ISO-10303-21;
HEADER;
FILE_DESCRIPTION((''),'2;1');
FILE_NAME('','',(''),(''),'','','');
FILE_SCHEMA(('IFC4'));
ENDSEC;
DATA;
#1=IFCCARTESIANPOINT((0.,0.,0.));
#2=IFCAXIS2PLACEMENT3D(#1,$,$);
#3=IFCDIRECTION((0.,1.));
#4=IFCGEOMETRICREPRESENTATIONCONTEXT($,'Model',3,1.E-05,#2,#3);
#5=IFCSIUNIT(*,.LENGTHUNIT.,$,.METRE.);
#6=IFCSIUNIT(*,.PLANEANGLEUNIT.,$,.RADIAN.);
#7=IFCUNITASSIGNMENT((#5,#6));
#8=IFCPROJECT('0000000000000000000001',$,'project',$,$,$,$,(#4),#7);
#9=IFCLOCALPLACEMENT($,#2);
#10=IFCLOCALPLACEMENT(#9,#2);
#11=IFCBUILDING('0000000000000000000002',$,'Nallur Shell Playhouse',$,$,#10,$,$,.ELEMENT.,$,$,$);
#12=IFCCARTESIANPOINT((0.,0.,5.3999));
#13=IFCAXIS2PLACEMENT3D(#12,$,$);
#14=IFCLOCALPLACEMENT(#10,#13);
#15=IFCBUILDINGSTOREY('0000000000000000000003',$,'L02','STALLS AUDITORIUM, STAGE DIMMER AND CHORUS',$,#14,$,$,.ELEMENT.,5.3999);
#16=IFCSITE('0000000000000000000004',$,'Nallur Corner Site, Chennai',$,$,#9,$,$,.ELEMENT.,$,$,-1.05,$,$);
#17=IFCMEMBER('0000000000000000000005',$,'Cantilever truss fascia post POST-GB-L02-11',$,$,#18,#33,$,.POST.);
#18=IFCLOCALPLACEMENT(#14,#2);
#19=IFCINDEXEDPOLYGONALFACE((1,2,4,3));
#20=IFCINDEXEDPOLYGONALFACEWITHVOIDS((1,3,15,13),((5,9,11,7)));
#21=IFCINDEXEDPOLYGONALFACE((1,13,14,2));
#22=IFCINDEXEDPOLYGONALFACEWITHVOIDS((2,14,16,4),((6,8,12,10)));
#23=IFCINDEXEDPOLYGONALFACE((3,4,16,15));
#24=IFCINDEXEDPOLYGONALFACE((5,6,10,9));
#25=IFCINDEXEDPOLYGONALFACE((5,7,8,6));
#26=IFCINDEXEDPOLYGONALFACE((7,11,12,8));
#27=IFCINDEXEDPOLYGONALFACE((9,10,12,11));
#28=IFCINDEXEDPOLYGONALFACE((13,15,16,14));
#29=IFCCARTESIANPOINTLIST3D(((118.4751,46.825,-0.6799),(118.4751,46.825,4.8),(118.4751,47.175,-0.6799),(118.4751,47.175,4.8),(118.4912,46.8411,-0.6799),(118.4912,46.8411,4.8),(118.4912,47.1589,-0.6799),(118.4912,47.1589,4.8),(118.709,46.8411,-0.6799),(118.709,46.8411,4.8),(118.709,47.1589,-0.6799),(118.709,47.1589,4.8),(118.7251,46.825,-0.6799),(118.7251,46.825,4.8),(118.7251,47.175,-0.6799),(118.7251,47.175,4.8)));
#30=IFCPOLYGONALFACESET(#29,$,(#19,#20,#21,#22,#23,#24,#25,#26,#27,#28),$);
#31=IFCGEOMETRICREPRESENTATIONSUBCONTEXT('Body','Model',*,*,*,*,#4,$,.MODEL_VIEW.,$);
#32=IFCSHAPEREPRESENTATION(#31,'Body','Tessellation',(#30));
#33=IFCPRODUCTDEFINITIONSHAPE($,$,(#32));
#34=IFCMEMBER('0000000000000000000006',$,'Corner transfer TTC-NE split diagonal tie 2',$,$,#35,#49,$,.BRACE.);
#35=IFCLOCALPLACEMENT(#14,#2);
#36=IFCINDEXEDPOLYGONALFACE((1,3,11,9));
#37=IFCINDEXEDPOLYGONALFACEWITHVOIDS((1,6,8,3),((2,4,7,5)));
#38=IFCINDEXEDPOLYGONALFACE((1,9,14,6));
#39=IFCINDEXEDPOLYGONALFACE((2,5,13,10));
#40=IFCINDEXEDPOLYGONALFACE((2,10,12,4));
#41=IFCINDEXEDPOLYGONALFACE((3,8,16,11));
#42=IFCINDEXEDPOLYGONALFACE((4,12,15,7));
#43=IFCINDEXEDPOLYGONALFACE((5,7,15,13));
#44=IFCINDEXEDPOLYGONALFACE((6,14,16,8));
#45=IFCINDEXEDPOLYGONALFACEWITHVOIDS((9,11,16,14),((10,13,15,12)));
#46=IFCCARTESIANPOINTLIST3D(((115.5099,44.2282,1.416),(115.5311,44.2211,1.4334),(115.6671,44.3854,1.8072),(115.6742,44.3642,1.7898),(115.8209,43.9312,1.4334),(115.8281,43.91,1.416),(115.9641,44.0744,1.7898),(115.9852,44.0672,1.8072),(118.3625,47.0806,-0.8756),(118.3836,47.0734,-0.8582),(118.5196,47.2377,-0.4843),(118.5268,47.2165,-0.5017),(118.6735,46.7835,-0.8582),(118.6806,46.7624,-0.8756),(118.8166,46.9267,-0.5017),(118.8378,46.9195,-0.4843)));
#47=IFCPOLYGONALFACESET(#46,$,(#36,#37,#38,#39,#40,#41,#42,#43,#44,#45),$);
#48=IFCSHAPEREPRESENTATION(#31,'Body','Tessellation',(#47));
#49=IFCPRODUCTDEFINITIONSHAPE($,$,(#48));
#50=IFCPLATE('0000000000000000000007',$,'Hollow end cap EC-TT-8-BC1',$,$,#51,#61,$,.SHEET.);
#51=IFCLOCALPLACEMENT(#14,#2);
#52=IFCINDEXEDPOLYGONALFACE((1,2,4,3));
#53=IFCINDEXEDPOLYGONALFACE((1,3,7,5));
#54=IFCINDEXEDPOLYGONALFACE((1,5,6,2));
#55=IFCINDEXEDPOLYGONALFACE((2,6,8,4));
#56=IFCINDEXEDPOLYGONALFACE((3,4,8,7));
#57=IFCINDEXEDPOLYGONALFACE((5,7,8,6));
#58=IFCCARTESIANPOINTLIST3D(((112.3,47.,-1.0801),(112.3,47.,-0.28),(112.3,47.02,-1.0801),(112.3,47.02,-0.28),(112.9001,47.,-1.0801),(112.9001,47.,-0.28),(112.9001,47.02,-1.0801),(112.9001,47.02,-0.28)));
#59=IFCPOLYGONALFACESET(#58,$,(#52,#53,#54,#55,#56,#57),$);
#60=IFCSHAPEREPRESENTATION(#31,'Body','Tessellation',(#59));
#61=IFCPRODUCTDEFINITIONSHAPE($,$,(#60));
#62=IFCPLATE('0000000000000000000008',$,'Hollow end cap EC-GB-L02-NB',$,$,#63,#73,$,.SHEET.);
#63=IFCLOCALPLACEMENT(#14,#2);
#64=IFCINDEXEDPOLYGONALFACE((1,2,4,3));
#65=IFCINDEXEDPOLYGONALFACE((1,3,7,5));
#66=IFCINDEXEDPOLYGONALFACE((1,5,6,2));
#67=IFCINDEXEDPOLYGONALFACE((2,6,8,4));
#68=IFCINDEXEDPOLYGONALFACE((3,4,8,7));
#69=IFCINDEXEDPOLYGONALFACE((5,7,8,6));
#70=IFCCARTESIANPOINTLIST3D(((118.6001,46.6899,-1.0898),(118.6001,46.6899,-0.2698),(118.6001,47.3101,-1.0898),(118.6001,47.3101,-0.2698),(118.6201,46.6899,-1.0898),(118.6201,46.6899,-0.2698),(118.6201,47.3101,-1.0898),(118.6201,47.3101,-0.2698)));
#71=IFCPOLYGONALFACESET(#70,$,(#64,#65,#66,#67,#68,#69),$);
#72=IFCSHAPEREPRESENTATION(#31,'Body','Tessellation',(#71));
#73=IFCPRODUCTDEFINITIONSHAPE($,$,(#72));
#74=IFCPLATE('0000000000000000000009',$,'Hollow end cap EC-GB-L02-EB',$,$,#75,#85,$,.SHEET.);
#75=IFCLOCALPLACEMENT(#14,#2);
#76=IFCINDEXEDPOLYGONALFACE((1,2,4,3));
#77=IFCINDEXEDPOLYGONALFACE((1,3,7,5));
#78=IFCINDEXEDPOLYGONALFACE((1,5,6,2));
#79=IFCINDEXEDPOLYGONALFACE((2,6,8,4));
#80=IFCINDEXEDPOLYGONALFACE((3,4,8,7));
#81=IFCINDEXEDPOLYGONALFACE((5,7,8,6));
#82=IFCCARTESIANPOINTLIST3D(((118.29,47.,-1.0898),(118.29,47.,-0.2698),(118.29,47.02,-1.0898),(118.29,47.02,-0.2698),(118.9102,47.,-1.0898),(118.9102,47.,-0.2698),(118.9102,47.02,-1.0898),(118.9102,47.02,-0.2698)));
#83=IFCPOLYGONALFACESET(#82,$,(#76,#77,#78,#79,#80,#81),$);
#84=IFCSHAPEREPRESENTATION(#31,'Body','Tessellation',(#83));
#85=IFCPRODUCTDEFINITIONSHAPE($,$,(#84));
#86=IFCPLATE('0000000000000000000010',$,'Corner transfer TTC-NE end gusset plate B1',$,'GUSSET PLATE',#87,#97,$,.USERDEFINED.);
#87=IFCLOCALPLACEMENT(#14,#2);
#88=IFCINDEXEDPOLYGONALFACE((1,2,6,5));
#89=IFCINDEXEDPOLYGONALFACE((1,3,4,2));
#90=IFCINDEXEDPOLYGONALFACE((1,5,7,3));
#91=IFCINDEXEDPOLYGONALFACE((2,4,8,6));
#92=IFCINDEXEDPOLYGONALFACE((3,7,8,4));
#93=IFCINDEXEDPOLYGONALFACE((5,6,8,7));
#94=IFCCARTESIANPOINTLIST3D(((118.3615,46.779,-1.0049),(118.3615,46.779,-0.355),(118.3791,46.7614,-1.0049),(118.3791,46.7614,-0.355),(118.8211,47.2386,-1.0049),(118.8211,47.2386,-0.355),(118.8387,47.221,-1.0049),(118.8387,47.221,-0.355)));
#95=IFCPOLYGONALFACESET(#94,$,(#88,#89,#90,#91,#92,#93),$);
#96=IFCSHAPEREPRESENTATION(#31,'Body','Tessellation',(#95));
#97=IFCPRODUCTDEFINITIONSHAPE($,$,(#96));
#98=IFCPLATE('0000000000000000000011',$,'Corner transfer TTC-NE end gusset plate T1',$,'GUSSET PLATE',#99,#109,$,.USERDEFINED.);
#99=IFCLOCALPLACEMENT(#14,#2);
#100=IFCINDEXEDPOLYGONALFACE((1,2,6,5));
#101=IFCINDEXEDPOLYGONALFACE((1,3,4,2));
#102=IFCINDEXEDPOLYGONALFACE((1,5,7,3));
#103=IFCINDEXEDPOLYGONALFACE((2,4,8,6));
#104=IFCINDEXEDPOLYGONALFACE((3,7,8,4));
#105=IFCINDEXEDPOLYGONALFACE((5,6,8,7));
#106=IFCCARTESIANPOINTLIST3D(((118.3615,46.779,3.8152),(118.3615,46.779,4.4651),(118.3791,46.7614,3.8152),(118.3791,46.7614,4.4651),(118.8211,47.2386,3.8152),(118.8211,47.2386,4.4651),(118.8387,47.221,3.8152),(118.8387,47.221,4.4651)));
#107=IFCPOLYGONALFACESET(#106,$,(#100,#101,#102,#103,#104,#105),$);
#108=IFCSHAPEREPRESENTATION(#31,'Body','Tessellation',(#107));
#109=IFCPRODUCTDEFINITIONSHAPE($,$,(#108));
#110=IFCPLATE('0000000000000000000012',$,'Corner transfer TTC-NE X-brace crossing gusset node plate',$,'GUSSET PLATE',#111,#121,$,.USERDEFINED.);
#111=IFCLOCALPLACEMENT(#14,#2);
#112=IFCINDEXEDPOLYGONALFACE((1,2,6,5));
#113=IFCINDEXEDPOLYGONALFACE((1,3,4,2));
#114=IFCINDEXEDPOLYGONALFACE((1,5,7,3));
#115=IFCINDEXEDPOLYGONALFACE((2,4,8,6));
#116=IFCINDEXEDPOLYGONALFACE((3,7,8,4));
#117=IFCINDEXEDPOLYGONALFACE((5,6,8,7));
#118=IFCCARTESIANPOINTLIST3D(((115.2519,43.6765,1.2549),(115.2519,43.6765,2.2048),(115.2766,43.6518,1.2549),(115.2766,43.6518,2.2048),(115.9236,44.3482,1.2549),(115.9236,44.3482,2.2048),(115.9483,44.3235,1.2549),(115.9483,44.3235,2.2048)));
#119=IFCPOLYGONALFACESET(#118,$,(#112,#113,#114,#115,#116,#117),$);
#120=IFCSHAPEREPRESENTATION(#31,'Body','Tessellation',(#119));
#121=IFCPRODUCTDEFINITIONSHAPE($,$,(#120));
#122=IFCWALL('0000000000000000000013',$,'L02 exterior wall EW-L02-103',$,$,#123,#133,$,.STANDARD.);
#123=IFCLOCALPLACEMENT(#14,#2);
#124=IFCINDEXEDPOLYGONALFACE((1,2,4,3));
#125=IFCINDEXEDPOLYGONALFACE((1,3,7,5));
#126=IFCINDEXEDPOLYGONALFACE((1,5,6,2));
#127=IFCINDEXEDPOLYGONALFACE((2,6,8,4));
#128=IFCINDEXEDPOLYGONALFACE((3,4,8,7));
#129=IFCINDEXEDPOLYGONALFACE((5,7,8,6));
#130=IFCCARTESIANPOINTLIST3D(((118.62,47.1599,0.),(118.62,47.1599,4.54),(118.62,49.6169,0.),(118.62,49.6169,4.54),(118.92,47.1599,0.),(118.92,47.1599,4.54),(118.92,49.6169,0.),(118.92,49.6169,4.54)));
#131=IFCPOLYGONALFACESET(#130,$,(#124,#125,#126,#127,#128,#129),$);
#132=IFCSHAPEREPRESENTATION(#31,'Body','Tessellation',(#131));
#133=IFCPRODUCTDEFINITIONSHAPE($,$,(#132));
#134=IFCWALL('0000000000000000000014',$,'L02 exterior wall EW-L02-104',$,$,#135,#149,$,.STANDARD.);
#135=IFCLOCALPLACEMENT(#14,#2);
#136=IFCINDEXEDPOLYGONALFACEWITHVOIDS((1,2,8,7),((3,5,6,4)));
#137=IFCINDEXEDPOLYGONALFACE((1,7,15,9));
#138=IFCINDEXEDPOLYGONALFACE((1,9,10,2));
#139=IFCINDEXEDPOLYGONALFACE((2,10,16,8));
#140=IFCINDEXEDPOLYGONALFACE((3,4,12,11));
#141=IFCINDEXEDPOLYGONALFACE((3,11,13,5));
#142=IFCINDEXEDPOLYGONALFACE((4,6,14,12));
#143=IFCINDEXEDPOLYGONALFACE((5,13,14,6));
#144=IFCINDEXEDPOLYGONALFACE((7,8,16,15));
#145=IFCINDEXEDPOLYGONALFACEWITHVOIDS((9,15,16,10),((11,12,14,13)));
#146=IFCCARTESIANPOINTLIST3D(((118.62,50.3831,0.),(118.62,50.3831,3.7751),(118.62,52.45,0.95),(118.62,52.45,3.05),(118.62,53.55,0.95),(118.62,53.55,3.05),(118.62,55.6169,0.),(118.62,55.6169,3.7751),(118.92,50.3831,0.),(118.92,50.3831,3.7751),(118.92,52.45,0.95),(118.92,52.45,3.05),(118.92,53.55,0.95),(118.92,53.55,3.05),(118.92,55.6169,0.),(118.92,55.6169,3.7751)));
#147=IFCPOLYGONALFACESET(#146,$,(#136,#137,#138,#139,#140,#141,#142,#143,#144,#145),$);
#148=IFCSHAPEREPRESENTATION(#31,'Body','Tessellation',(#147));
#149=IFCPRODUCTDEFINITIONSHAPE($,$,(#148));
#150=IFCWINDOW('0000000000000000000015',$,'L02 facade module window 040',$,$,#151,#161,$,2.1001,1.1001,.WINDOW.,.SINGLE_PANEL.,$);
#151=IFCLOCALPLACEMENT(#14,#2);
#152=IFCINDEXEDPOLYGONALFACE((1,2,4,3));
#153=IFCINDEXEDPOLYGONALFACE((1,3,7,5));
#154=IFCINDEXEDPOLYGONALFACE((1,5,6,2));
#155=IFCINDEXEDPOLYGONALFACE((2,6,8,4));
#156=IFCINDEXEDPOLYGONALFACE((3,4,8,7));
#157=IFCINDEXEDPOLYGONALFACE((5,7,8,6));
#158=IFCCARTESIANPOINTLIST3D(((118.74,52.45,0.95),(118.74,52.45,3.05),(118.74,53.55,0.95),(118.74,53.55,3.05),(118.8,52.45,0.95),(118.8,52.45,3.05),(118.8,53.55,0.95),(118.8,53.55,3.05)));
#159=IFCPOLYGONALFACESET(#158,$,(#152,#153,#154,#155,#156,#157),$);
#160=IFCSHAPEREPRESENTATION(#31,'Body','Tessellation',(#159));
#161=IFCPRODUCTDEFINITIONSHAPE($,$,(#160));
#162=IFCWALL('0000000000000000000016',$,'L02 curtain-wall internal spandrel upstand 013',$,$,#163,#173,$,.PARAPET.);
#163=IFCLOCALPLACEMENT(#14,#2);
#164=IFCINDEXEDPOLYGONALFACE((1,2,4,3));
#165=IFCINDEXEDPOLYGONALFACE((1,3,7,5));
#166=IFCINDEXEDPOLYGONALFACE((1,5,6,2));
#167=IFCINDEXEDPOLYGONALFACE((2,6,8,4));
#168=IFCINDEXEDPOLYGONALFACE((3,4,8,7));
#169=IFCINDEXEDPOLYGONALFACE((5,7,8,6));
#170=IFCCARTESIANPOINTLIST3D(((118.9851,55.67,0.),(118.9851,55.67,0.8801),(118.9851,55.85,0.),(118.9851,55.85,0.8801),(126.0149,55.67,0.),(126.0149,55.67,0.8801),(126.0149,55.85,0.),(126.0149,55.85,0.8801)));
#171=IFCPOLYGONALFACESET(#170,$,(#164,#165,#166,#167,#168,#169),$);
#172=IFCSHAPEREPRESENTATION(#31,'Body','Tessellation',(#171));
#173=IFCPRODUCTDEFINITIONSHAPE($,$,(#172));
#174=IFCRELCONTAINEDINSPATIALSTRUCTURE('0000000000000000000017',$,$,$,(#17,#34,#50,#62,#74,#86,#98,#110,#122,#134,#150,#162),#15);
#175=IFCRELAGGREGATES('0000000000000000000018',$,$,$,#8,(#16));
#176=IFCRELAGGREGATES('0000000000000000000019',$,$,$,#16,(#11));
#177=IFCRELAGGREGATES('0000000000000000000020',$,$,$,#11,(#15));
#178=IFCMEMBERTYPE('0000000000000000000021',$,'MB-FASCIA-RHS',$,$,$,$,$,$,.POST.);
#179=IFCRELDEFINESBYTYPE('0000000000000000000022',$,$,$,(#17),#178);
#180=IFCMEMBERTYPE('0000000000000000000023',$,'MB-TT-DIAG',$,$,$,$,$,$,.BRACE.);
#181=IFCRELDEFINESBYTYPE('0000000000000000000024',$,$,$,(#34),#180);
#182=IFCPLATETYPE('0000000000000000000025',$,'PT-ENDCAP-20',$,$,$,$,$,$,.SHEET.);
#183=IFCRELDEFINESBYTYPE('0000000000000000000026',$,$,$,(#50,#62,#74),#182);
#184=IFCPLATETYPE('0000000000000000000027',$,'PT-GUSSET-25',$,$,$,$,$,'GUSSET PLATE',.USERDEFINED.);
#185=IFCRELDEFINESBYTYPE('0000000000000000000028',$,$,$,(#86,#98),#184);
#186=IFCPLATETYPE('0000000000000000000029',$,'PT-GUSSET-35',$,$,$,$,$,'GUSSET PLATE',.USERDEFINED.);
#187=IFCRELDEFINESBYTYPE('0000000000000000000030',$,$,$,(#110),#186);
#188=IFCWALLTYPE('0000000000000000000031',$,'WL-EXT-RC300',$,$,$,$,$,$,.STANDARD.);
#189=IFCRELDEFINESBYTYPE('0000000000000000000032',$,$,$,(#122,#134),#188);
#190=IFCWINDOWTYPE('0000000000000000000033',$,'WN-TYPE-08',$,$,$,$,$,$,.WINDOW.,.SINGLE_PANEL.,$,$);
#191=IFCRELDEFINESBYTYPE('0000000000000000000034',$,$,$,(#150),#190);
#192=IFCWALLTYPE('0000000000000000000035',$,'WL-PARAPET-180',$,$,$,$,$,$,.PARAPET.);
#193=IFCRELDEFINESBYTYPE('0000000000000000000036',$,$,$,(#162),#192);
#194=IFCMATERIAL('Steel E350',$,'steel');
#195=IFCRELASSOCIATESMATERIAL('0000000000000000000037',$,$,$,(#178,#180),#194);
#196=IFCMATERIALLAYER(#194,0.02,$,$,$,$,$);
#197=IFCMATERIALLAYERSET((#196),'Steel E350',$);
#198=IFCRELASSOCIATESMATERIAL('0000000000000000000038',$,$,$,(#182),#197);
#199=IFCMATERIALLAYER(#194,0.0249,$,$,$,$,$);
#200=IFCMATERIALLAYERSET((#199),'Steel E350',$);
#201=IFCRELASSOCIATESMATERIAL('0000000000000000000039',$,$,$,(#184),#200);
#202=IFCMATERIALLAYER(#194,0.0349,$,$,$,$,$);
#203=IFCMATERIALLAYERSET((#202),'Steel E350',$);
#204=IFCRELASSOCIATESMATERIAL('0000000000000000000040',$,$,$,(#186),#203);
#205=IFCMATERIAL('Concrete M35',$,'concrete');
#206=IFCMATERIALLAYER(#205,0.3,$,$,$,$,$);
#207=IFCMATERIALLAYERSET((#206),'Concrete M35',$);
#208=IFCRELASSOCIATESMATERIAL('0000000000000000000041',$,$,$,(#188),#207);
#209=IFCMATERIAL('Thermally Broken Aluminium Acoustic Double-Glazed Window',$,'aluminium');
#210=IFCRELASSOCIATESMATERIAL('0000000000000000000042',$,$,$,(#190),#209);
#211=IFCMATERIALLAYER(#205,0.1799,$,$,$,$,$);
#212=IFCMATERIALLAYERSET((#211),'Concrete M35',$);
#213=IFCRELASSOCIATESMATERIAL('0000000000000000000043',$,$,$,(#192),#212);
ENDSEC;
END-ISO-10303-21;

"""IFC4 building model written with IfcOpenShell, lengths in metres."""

from ifc_helpers import new_model, si_unit, direction, frame, frame_2d, origin, origin_2d, place, context, subcontext, project, spatial, rectangle, hollow_rectangle, extrude, material, layer, layer_set, material_profile, profile_set, type_object, element, fill, save


model = new_model("IFC4")

# Units and contexts
model_context = context("Model", 3, precision=1e-05, world=origin(), true_north=direction((0.0, 1.0)))
body_context = subcontext(model_context, "Body", "Model", "MODEL_VIEW")
ifc_project = project(units=[si_unit("LENGTHUNIT", "METRE"), si_unit("PLANEANGLEUNIT", "RADIAN")], contexts=[model_context])

# Site, building, storey
site_placement = place(None, origin())
site = spatial("IfcSite", under=ifc_project, at=site_placement, Name="Nallur Corner Site, Chennai", CompositionType="ELEMENT", RefElevation=-1.05)
building_placement = place(site_placement, origin())
building = spatial("IfcBuilding", under=site, at=building_placement, Name="Nallur Shell Playhouse", CompositionType="ELEMENT")
storey_placement = place(building_placement, frame((0.0, 0.0, 5.3999)))
storey = spatial("IfcBuildingStorey", under=building, at=storey_placement, Name="L02", Description="STALLS AUDITORIUM, STAGE DIMMER AND CHORUS", CompositionType="ELEMENT", Elevation=5.3999)

# Shared definitions
ifc_material_1 = material(Name="Steel E350", Category="steel")

# Members
ifc_material_profile_1 = material_profile(ifc_material_1, hollow_rectangle(XDim=0.25, YDim=0.3501, WallThickness=0.0161, at=origin_2d()), Name="RHS 350x250x16")
ifc_profile_set_1 = profile_set([ifc_material_profile_1], Name="Steel E350")
member_type_1 = type_object("IfcMemberType", Name="MB-FASCIA-RHS", PredefinedType="POST", material=ifc_profile_set_1)
member_1_placement = place(storey_placement, frame((118.6001, 47.0, -0.6799), z_axis=(0.0, 0.0, 1.0), x_axis=(1.0, 0.0, 0.0)))
element("IfcMember", 1, at=member_1_placement, inside=storey, type_object=member_type_1, Name="Cantilever truss fascia post POST-GB-L02-11", PredefinedType="POST", context=body_context, shape_type="SweptSolid", body=[
    extrude(hollow_rectangle(XDim=0.25, YDim=0.3501, WallThickness=0.0161, at=origin_2d()), origin(), (0.0, 0.0, 1.0), 5.48),
])
ifc_material_profile_2 = material_profile(ifc_material_1, hollow_rectangle(XDim=0.45, YDim=0.45, WallThickness=0.02, at=origin_2d()), Name="BOX 450x450x20")
ifc_profile_set_2 = profile_set([ifc_material_profile_2], Name="Steel E350")
member_type_2 = type_object("IfcMemberType", Name="MB-TT-DIAG", PredefinedType="BRACE", material=ifc_profile_set_2)
member_2_placement = place(storey_placement, frame((115.7476, 44.1477, 1.6116), z_axis=(0.614858, 0.614805, -0.493928), x_axis=(-0.707077, 0.707137, 0.0)))
element("IfcMember", 2, at=member_2_placement, inside=storey, type_object=member_type_2, Name="Corner transfer TTC-NE split diagonal tie 2", PredefinedType="BRACE", context=body_context, shape_type="SweptSolid", body=[
    extrude(hollow_rectangle(XDim=0.45, YDim=0.45, WallThickness=0.02, at=origin_2d()), origin(), (0.0, 0.0, 1.0), 4.6394),
])

# Plates
ifc_layer_1 = layer(ifc_material_1, 0.02)
ifc_layer_set_1 = layer_set([ifc_layer_1], Name="Steel E350")
plate_type_1 = type_object("IfcPlateType", Name="PT-ENDCAP-20", PredefinedType="SHEET", material=ifc_layer_set_1)
plate_1_placement = place(storey_placement, frame((112.6001, 47.01, -1.0801), z_axis=(0.0, 0.0, 1.0), x_axis=(1.0, 0.0, 0.0)))
element("IfcPlate", 3, at=plate_1_placement, inside=storey, type_object=plate_type_1, Name="Hollow end cap EC-TT-8-BC1", PredefinedType="SHEET", context=body_context, shape_type="SweptSolid", body=[
    extrude(rectangle(XDim=0.6001, YDim=0.02, at=origin_2d()), origin(), (0.0, 0.0, 1.0), 0.8),
])
plate_2_placement = place(storey_placement, frame((118.6101, 47.0, -1.0898), z_axis=(0.0, 0.0, 1.0), x_axis=(1.0, 0.0, 0.0)))
element("IfcPlate", 4, at=plate_2_placement, inside=storey, type_object=plate_type_1, Name="Hollow end cap EC-GB-L02-NB", PredefinedType="SHEET", context=body_context, shape_type="SweptSolid", body=[
    extrude(rectangle(XDim=0.02, YDim=0.6201, at=origin_2d()), origin(), (0.0, 0.0, 1.0), 0.8201),
])
plate_3_placement = place(storey_placement, frame((118.6001, 47.01, -1.0898), z_axis=(0.0, 0.0, 1.0), x_axis=(1.0, 0.0, 0.0)))
element("IfcPlate", 5, at=plate_3_placement, inside=storey, type_object=plate_type_1, Name="Hollow end cap EC-GB-L02-EB", PredefinedType="SHEET", context=body_context, shape_type="SweptSolid", body=[
    extrude(rectangle(XDim=0.6201, YDim=0.02, at=origin_2d()), origin(), (0.0, 0.0, 1.0), 0.8201),
])
ifc_layer_2 = layer(ifc_material_1, 0.0249)
ifc_layer_set_2 = layer_set([ifc_layer_2], Name="Steel E350")
plate_type_2 = type_object("IfcPlateType", Name="PT-GUSSET-25", ElementType="GUSSET PLATE", PredefinedType="USERDEFINED", material=ifc_layer_set_2)
for number, where, z_axis, x_axis, name in (
    (6, (118.6001, 47.0, -1.0049), (0.0, 0.0, 1.0), (0.707107, 0.707107, 0.0), "Corner transfer TTC-NE end gusset plate B1"),
    (7, (118.6001, 47.0, 3.8152), (0.0, 0.0, 1.0), (0.707107, 0.707107, 0.0), "Corner transfer TTC-NE end gusset plate T1"),
):
    element("IfcPlate", number, at=place(storey_placement, frame(where, z_axis=z_axis, x_axis=x_axis)), inside=storey, type_object=plate_type_2, Name=name, ObjectType="GUSSET PLATE", PredefinedType="USERDEFINED", context=body_context, shape_type="SweptSolid", body=[
        extrude(rectangle(XDim=0.6499, YDim=0.0249, at=origin_2d()), origin(), (0.0, 0.0, 1.0), 0.6499),
    ])
ifc_layer_3 = layer(ifc_material_1, 0.0349)
ifc_layer_set_3 = layer_set([ifc_layer_3], Name="Steel E350")
plate_type_3 = type_object("IfcPlateType", Name="PT-GUSSET-35", ElementType="GUSSET PLATE", PredefinedType="USERDEFINED", material=ifc_layer_set_3)
plate_4_placement = place(storey_placement, frame((115.6001, 44.0, 1.2549), z_axis=(0.0, 0.0, 1.0), x_axis=(0.707107, 0.707107, 0.0)))
element("IfcPlate", 8, at=plate_4_placement, inside=storey, type_object=plate_type_3, Name="Corner transfer TTC-NE X-brace crossing gusset node plate", ObjectType="GUSSET PLATE", PredefinedType="USERDEFINED", context=body_context, shape_type="SweptSolid", body=[
    extrude(rectangle(XDim=0.95, YDim=0.0349, at=origin_2d()), origin(), (0.0, 0.0, 1.0), 0.95),
])

# Wall
ifc_material_2 = material(Name="Concrete M35", Category="concrete")
ifc_layer_4 = layer(ifc_material_2, 0.3)
ifc_layer_set_4 = layer_set([ifc_layer_4], Name="Concrete M35")
wall_type_1 = type_object("IfcWallType", Name="WL-EXT-RC300", PredefinedType="STANDARD", material=ifc_layer_set_4)
wall_1_placement = place(storey_placement, frame((118.77, 47.1599, 0.0), z_axis=(0.0, 0.0, 1.0), x_axis=(0.0, 1.0, 0.0)))
element("IfcWall", 9, at=wall_1_placement, inside=storey, type_object=wall_type_1, Name="L02 exterior wall EW-L02-103", PredefinedType="STANDARD", context=body_context, shape_type="SweptSolid", body=[
    extrude(rectangle(XDim=2.457, YDim=0.3, at=frame_2d((1.2285, 0.0))), origin(), (0.0, 0.0, 1.0), 4.54),
])

# Wall, opening, window
wall_2_placement = place(storey_placement, frame((118.77, 50.3831, 0.0), z_axis=(0.0, 0.0, 1.0), x_axis=(0.0, 1.0, 0.0)))
wall_2 = element("IfcWall", 10, at=wall_2_placement, inside=storey, type_object=wall_type_1, Name="L02 exterior wall EW-L02-104", PredefinedType="STANDARD", context=body_context, shape_type="SweptSolid", body=[
    extrude(rectangle(XDim=5.2339, YDim=0.3, at=frame_2d((2.6169, 0.0))), origin(), (0.0, 0.0, 1.0), 3.7751),
])
opening_1_placement = place(wall_2_placement, frame((2.0669, 0.0, 0.95)))
opening_1 = element("IfcOpeningElement", 11, at=opening_1_placement, cuts=wall_2, PredefinedType="OPENING", context=body_context, shape_type="SweptSolid", body=[
    extrude(rectangle(XDim=1.1001, YDim=2.1001, at=frame_2d((0.55, 1.05))), frame((0.0, 0.1602, 0.0), z_axis=(0.0, -1.0, 0.0), x_axis=(1.0, 0.0, 0.0)), (0.0, 0.0, 1.0), 0.3201),
])
ifc_material_3 = material(Name="Thermally Broken Aluminium Acoustic Double-Glazed Window", Category="aluminium")
window_type = type_object("IfcWindowType", Name="WN-TYPE-08", PartitioningType="SINGLE_PANEL", PredefinedType="WINDOW", material=ifc_material_3)
window_placement = place(opening_1_placement, origin())
window = element("IfcWindow", 12, at=window_placement, inside=storey, type_object=window_type, Name="L02 facade module window 040", OverallHeight=2.1001, OverallWidth=1.1001, PartitioningType="SINGLE_PANEL", PredefinedType="WINDOW", context=body_context, shape_type="SweptSolid", body=[
    extrude(rectangle(XDim=1.1001, YDim=2.1001, at=frame_2d((0.55, 1.05))), frame((0.0, 0.03, 0.0), z_axis=(0.0, -1.0, 0.0), x_axis=(1.0, 0.0, 0.0)), (0.0, 0.0, 1.0), 0.0601),
])
fill(opening_1, window)

# Wall
ifc_layer_5 = layer(ifc_material_2, 0.1799)
ifc_layer_set_5 = layer_set([ifc_layer_5], Name="Concrete M35")
wall_type_2 = type_object("IfcWallType", Name="WL-PARAPET-180", PredefinedType="PARAPET", material=ifc_layer_set_5)
wall_3_placement = place(storey_placement, frame((118.9851, 55.76, 0.0), z_axis=(0.0, 0.0, 1.0), x_axis=(1.0, 0.0, 0.0)))
element("IfcWall", 13, at=wall_3_placement, inside=storey, type_object=wall_type_2, Name="L02 curtain-wall internal spandrel upstand 013", PredefinedType="PARAPET", context=body_context, shape_type="SweptSolid", body=[
    extrude(rectangle(XDim=7.0298, YDim=0.1799, at=frame_2d((3.5149, 0.0))), origin(), (0.0, 0.0, 1.0), 0.8801),
])

save(model, "model.ifc")
